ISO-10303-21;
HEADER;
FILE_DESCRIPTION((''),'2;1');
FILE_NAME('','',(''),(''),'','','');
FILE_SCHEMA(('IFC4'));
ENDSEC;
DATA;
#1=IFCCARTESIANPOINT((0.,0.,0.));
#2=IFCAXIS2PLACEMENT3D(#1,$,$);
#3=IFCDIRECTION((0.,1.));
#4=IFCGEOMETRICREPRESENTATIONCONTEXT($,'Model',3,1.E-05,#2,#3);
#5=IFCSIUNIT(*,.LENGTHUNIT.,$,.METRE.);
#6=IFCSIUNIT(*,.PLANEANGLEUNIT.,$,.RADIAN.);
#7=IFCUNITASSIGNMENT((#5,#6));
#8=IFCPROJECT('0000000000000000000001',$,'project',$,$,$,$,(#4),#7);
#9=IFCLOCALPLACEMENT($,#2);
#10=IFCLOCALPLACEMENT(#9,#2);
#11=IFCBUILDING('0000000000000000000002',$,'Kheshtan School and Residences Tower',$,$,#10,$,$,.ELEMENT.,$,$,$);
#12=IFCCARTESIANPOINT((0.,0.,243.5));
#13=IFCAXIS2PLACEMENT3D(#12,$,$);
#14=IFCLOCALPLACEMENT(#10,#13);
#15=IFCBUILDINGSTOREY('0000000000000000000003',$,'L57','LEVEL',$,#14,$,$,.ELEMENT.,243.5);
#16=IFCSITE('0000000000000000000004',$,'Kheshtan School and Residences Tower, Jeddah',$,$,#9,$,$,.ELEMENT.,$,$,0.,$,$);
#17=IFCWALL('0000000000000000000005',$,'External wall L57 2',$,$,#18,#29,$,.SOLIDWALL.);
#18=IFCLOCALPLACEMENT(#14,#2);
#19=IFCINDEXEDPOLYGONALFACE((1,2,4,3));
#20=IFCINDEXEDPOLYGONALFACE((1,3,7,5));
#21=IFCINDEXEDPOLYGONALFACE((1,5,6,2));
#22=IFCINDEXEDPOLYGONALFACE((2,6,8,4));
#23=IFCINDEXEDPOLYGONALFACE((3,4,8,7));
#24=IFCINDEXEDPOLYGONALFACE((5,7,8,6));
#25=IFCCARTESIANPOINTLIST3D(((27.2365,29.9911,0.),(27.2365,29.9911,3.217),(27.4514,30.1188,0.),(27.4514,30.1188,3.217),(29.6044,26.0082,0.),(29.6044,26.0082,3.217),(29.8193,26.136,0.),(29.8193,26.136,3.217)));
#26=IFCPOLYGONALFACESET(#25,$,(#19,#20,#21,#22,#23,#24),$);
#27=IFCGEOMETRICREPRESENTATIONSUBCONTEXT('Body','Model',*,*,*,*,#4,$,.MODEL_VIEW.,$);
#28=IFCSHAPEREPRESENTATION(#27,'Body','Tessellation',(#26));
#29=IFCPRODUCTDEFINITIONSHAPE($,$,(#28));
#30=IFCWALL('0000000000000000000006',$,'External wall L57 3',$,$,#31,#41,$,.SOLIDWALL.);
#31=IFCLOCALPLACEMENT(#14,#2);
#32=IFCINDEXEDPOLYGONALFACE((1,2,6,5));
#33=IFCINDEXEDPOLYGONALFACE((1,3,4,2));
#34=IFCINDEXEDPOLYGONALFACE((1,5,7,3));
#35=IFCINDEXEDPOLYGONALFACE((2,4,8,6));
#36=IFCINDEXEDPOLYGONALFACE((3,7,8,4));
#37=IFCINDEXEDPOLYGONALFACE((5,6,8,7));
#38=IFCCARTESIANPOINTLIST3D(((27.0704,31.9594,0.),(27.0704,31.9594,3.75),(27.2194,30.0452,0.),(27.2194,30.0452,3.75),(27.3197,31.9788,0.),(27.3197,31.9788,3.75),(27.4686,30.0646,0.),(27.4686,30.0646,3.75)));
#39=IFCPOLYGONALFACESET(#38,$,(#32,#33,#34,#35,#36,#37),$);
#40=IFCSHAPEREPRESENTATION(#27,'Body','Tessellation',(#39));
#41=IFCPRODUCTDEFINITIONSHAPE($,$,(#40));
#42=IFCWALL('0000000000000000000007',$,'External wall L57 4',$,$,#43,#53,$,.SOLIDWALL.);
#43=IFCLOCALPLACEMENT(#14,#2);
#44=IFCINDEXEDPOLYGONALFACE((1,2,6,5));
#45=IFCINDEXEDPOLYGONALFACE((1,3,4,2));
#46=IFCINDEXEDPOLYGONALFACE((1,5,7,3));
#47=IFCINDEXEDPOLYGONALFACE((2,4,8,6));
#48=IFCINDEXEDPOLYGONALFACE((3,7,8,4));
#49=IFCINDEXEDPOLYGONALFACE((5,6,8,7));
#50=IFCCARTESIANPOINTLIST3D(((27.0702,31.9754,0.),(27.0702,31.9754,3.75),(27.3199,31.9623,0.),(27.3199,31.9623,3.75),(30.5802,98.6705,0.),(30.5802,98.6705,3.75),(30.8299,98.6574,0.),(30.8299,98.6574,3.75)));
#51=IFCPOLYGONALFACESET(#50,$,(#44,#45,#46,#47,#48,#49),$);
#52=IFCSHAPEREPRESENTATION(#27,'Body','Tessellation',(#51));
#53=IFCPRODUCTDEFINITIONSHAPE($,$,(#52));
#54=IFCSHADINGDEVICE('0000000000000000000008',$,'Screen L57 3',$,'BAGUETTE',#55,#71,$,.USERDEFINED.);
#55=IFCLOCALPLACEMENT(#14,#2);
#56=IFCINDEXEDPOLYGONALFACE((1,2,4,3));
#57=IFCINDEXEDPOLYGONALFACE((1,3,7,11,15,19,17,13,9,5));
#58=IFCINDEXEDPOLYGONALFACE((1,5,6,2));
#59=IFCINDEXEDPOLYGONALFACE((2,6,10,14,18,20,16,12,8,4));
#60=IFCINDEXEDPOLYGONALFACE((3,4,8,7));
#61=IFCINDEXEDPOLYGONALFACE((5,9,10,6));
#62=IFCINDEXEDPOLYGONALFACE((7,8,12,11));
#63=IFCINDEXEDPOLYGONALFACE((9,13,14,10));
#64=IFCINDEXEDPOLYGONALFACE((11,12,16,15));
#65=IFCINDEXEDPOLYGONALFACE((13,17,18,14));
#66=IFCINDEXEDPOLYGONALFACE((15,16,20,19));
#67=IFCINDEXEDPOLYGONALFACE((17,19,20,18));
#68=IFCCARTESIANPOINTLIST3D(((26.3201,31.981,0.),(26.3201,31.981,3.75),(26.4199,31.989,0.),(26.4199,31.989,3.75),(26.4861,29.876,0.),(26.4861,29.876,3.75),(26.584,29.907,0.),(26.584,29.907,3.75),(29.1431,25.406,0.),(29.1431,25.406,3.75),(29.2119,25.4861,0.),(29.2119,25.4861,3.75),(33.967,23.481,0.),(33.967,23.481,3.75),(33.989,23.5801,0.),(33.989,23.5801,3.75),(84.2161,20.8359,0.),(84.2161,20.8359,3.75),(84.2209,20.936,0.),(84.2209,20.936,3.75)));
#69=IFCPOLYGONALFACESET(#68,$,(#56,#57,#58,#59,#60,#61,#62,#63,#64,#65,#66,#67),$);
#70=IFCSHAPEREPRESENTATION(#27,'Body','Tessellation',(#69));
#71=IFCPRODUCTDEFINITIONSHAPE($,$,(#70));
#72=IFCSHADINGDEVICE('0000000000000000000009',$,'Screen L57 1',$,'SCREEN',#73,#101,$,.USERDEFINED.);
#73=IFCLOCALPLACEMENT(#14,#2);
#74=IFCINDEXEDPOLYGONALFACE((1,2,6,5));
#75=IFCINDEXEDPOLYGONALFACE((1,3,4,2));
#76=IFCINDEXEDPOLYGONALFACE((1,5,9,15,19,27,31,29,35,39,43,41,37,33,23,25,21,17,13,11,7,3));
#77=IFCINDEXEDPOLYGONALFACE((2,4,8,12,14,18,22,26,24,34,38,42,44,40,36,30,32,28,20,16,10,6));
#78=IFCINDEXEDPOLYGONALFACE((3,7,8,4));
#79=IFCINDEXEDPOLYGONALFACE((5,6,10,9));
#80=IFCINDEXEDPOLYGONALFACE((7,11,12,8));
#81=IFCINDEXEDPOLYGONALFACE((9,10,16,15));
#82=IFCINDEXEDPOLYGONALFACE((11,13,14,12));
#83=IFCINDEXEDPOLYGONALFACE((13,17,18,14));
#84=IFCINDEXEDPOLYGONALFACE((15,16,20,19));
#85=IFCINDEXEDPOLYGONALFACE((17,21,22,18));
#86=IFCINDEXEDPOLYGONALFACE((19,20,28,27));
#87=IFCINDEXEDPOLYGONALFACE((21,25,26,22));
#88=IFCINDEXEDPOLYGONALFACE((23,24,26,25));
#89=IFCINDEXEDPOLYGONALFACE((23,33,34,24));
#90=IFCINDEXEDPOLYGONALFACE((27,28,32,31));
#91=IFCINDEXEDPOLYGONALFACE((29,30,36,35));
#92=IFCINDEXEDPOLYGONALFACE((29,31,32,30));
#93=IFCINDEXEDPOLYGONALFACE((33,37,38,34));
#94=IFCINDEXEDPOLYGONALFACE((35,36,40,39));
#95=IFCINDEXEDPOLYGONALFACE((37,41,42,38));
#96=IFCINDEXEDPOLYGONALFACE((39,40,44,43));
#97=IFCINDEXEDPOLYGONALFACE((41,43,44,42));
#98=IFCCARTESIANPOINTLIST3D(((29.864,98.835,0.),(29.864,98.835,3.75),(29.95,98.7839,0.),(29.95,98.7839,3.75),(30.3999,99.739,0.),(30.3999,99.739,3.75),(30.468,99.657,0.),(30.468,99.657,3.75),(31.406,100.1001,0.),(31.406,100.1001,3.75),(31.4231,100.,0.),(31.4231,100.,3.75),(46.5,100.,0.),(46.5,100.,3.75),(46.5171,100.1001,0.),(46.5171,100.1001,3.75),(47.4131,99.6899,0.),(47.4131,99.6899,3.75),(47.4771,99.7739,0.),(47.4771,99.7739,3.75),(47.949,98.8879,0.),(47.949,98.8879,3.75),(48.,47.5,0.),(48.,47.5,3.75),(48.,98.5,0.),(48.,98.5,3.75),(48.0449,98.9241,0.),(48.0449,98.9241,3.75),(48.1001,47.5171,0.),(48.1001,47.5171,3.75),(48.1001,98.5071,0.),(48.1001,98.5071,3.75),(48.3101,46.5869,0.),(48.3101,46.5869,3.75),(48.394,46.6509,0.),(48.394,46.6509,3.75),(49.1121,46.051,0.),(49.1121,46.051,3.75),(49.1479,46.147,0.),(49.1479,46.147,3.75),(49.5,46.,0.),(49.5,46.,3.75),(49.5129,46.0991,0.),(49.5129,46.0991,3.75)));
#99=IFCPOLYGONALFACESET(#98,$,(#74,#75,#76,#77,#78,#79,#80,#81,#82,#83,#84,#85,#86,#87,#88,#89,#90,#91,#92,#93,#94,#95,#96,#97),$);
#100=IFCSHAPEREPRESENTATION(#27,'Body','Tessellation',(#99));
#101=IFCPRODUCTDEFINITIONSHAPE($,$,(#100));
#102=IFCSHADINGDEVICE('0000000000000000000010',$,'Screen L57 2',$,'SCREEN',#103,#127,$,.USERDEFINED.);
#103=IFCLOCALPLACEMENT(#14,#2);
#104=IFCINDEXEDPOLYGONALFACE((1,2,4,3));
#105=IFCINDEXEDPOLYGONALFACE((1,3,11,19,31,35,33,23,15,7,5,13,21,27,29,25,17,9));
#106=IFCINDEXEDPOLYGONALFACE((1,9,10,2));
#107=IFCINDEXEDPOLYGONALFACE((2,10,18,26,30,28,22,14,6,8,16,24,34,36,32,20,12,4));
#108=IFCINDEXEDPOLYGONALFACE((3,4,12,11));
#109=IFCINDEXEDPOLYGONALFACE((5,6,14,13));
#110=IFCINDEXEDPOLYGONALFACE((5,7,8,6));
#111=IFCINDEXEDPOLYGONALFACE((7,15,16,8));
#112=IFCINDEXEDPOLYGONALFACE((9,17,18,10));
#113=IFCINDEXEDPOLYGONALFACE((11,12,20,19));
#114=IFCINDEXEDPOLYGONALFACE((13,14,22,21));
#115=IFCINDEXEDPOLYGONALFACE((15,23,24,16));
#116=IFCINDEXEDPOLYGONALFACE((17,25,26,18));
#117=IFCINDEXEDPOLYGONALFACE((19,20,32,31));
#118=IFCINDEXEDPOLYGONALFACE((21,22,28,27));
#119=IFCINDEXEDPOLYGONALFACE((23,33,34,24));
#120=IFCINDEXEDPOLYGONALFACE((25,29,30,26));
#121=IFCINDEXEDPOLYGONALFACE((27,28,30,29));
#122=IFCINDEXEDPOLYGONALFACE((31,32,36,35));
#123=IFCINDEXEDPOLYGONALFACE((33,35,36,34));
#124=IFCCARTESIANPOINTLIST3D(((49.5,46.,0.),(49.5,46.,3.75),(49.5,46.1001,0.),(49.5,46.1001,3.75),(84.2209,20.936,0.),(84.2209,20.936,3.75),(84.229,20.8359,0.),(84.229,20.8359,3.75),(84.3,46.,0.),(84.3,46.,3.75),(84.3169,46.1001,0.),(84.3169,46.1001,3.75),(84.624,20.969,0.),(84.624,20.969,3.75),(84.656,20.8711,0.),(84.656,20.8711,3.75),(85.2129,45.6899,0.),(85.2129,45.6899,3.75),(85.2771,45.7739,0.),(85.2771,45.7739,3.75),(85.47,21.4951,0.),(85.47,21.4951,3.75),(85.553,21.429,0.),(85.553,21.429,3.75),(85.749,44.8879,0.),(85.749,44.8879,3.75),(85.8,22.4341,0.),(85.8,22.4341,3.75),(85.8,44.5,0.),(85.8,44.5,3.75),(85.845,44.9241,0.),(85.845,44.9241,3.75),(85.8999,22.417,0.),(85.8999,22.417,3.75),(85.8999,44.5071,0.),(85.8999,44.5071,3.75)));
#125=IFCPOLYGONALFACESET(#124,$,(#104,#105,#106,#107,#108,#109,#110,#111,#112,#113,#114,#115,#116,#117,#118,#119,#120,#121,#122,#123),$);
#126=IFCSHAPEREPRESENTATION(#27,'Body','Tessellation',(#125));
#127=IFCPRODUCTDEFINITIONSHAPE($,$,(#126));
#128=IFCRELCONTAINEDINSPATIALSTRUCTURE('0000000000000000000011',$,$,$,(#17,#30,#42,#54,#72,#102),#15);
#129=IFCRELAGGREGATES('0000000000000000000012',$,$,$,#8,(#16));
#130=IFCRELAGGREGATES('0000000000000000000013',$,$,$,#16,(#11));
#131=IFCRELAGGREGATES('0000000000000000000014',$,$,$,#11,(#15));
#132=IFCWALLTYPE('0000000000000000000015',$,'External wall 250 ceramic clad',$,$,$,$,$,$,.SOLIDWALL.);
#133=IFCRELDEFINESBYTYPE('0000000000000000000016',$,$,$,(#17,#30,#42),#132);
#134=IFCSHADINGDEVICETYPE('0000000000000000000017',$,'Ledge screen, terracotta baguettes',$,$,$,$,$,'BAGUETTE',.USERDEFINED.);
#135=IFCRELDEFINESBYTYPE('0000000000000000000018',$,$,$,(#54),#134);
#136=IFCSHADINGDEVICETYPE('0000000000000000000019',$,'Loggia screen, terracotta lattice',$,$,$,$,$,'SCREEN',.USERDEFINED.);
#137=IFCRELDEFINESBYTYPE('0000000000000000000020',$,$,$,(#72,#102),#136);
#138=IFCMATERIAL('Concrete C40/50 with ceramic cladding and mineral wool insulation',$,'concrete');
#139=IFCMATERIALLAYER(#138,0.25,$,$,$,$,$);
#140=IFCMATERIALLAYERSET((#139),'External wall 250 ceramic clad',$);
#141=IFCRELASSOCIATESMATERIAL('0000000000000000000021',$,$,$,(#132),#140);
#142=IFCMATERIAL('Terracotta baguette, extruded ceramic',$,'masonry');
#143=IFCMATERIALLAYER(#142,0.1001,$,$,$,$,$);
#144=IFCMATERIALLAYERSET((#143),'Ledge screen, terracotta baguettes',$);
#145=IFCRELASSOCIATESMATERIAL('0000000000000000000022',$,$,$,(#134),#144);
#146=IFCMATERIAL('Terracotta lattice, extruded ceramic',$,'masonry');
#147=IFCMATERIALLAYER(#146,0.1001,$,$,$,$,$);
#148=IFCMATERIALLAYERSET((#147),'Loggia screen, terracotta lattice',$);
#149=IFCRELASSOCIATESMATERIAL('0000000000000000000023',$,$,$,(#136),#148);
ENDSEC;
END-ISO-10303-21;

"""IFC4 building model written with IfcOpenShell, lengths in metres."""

from ifc_helpers import new_model, si_unit, direction, frame, frame_2d, origin, place, context, subcontext, project, spatial, polyline, rectangle, outline, extrude, material, layer, layer_set, type_object, element, save


model = new_model("IFC4")

# Units and contexts
model_context = context("Model", 3, precision=1e-05, world=origin(), true_north=direction((0.0, 1.0)))
body_context = subcontext(model_context, "Body", "Model", "MODEL_VIEW")
ifc_project = project(units=[si_unit("LENGTHUNIT", "METRE"), si_unit("PLANEANGLEUNIT", "RADIAN")], contexts=[model_context])

# Site, building, storey
site_placement = place(None, origin())
site = spatial("IfcSite", under=ifc_project, at=site_placement, Name="Kheshtan School and Residences Tower, Jeddah", CompositionType="ELEMENT", RefElevation=0.0)
building_placement = place(site_placement, origin())
building = spatial("IfcBuilding", under=site, at=building_placement, Name="Kheshtan School and Residences Tower", CompositionType="ELEMENT")
storey_placement = place(building_placement, frame((0.0, 0.0, 243.5)))
storey = spatial("IfcBuildingStorey", under=building, at=storey_placement, Name="L57", Description="LEVEL", CompositionType="ELEMENT", Elevation=243.5)

# Walls
ifc_material_1 = material(Name="Concrete C40/50 with ceramic cladding and mineral wool insulation", Category="concrete")
ifc_layer_1 = layer(ifc_material_1, 0.25)
ifc_layer_set_1 = layer_set([ifc_layer_1], Name="External wall 250 ceramic clad")
wall_type_1 = type_object("IfcWallType", Name="External wall 250 ceramic clad", PredefinedType="SOLIDWALL", material=ifc_layer_set_1)
wall_1_placement = place(storey_placement, frame((29.7119, 26.072, 0.0), z_axis=(0.0, 0.0, 1.0), x_axis=(-0.511028, 0.859564, 0.0)))
element("IfcWall", 1, at=wall_1_placement, inside=storey, type_object=wall_type_1, Name="External wall L57 2", PredefinedType="SOLIDWALL", context=body_context, shape_type="SweptSolid", body=[
    extrude(rectangle(XDim=4.6335, YDim=0.25, at=frame_2d((2.3169, 0.0))), origin(), (0.0, 0.0, 1.0), 3.217),
])
wall_2_placement = place(storey_placement, frame((27.344, 30.0549, 0.0), z_axis=(0.0, 0.0, 1.0), x_axis=(-0.077572, 0.996987, 0.0)))
element("IfcWall", 2, at=wall_2_placement, inside=storey, type_object=wall_type_1, Name="External wall L57 3", PredefinedType="SOLIDWALL", context=body_context, shape_type="SweptSolid", body=[
    extrude(rectangle(XDim=1.9199, YDim=0.25, at=frame_2d((0.96, 0.0))), origin(), (0.0, 0.0, 1.0), 3.75),
])
wall_3_placement = place(storey_placement, frame((27.1951, 31.969, 0.0), z_axis=(0.0, 0.0, 1.0), x_axis=(0.052555, 0.998618, 0.0)))
element("IfcWall", 3, at=wall_3_placement, inside=storey, type_object=wall_type_1, Name="External wall L57 4", PredefinedType="SOLIDWALL", context=body_context, shape_type="SweptSolid", body=[
    extrude(rectangle(XDim=66.7874, YDim=0.25, at=frame_2d((33.3936, 0.0))), origin(), (0.0, 0.0, 1.0), 3.75),
])

# Shading devices
ifc_material_2 = material(Name="Terracotta baguette, extruded ceramic", Category="masonry")
ifc_layer_2 = layer(ifc_material_2, 0.1001)
ifc_layer_set_2 = layer_set([ifc_layer_2], Name="Ledge screen, terracotta baguettes")
shading_device_type_1 = type_object("IfcShadingDeviceType", Name="Ledge screen, terracotta baguettes", ElementType="BAGUETTE", PredefinedType="USERDEFINED", material=ifc_layer_set_2)
shading_device_1_placement = place(storey_placement, origin())
element("IfcShadingDevice", 4, at=shading_device_1_placement, inside=storey, type_object=shading_device_type_1, Name="Screen L57 3", ObjectType="BAGUETTE", PredefinedType="USERDEFINED", context=body_context, shape_type="SweptSolid", body=[
    extrude(outline(polyline([(84.2209, 20.936), (33.989, 23.5801), (29.2119, 25.4861), (26.584, 29.907), (26.4199, 31.989), (26.3201, 31.981), (26.4861, 29.876), (29.1431, 25.406), (33.967, 23.481), (84.2161, 20.8359), (84.2209, 20.936)])), origin(), (0.0, 0.0, 1.0), 3.75),
])
ifc_material_3 = material(Name="Terracotta lattice, extruded ceramic", Category="masonry")
ifc_layer_3 = layer(ifc_material_3, 0.1001)
ifc_layer_set_3 = layer_set([ifc_layer_3], Name="Loggia screen, terracotta lattice")
shading_device_type_2 = type_object("IfcShadingDeviceType", Name="Loggia screen, terracotta lattice", ElementType="SCREEN", PredefinedType="USERDEFINED", material=ifc_layer_set_3)
shading_device_2_placement = place(storey_placement, origin())
element("IfcShadingDevice", 5, at=shading_device_2_placement, inside=storey, type_object=shading_device_type_2, Name="Screen L57 1", ObjectType="SCREEN", PredefinedType="USERDEFINED", context=body_context, shape_type="SweptSolid", body=[
    extrude(outline(polyline([(29.95, 98.7839), (30.468, 99.657), (31.4231, 100.0), (46.5, 100.0), (47.4131, 99.6899), (47.949, 98.8879), (48.0, 98.5), (48.0, 47.5), (48.3101, 46.5869), (49.1121, 46.051), (49.5, 46.0), (49.5129, 46.0991), (49.1479, 46.147), (48.394, 46.6509), (48.1001, 47.5171), (48.1001, 98.5071), (48.0449, 98.9241), (47.4771, 99.7739), (46.5171, 100.1001), (31.406, 100.1001), (30.3999, 99.739), (29.864, 98.835), (29.95, 98.7839)])), origin(), (0.0, 0.0, 1.0), 3.75),
])
shading_device_3_placement = place(storey_placement, origin())
element("IfcShadingDevice", 6, at=shading_device_3_placement, inside=storey, type_object=shading_device_type_2, Name="Screen L57 2", ObjectType="SCREEN", PredefinedType="USERDEFINED", context=body_context, shape_type="SweptSolid", body=[
    extrude(outline(polyline([(49.5, 46.0), (84.3, 46.0), (85.2129, 45.6899), (85.749, 44.8879), (85.8, 44.5), (85.8, 22.4341), (85.47, 21.4951), (84.624, 20.969), (84.2209, 20.936), (84.229, 20.8359), (84.656, 20.8711), (85.553, 21.429), (85.8999, 22.417), (85.8999, 44.5071), (85.845, 44.9241), (85.2771, 45.7739), (84.3169, 46.1001), (49.5, 46.1001), (49.5, 46.0)])), origin(), (0.0, 0.0, 1.0), 3.75),
])

save(model, "model.ifc")
